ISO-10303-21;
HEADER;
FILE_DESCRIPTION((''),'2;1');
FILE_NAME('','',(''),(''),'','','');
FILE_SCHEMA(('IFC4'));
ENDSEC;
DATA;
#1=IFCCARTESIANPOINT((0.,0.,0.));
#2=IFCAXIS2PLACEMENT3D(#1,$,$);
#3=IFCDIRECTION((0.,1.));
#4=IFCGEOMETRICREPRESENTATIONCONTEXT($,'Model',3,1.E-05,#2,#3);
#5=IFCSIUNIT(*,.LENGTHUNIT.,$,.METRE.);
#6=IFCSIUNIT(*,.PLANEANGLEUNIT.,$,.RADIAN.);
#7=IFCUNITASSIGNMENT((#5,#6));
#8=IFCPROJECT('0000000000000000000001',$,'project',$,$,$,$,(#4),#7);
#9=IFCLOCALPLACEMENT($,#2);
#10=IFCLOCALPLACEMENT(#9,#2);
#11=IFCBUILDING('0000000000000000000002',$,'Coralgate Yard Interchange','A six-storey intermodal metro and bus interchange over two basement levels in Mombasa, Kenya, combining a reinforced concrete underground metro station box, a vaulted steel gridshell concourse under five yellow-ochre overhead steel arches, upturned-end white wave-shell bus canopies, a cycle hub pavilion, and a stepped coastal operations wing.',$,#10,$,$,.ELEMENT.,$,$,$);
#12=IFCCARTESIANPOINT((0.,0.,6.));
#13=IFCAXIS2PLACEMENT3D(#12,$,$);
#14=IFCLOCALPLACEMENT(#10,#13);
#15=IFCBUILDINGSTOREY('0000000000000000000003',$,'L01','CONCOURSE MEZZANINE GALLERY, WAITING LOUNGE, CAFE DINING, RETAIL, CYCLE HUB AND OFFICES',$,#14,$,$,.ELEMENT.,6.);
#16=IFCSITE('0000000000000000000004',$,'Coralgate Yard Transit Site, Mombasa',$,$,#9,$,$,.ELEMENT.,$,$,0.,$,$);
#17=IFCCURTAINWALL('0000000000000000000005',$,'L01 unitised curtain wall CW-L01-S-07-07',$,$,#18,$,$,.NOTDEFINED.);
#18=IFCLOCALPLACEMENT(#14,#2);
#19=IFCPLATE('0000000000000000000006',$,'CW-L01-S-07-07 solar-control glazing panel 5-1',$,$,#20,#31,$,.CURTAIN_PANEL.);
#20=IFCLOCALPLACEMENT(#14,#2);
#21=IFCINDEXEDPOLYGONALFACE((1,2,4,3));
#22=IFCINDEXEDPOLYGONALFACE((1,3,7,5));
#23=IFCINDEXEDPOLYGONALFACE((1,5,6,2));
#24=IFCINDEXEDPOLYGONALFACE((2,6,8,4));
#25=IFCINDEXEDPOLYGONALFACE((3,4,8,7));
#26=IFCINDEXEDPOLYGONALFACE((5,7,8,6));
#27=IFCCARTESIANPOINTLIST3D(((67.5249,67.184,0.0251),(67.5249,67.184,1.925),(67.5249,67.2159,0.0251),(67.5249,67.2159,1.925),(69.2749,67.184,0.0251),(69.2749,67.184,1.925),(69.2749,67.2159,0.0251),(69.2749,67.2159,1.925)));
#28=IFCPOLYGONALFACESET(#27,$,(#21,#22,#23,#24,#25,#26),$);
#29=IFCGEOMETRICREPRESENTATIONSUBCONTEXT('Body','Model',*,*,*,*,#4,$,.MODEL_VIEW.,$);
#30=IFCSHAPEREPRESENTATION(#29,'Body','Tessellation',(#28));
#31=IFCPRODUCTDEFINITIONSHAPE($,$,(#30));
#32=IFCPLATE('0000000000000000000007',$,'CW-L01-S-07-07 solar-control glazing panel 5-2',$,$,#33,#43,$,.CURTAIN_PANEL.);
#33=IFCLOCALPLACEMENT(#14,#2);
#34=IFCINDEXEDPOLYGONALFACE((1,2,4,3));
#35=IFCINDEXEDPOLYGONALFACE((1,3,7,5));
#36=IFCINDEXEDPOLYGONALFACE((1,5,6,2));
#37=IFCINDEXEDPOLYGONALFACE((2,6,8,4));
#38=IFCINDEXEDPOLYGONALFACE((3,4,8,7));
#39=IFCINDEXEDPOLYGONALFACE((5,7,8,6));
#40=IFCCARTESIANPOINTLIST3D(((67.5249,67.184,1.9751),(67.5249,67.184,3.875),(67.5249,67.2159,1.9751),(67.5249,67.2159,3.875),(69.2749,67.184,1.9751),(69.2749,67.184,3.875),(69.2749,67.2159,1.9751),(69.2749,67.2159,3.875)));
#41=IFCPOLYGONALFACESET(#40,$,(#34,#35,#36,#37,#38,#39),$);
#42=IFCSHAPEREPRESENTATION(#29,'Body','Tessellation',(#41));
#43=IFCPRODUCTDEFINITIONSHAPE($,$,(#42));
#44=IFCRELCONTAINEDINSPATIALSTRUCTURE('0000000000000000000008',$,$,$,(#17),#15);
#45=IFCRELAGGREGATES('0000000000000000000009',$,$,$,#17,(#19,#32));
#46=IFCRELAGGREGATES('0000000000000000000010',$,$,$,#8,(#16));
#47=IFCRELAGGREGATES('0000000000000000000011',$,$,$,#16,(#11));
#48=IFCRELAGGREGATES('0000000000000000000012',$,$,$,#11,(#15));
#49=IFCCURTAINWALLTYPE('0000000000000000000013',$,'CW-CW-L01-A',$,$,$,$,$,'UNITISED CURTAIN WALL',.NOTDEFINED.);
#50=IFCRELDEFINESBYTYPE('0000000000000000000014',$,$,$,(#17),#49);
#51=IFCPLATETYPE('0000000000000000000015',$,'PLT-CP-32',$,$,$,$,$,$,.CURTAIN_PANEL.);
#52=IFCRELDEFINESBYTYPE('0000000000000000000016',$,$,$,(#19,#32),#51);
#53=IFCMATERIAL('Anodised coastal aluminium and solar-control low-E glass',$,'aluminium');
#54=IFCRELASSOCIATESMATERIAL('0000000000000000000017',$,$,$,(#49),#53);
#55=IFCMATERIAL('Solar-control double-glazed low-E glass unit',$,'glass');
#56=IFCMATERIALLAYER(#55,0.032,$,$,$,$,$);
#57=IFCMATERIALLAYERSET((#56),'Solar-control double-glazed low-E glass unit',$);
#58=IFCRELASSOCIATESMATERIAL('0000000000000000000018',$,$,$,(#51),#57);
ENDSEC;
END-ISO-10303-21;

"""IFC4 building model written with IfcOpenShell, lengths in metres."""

from ifc_helpers import new_model, si_unit, direction, frame, origin, origin_2d, place, context, subcontext, project, spatial, rectangle, extrude, material, layer, layer_set, type_object, element, aggregate, save


model = new_model("IFC4")

# Units and contexts
model_context = context("Model", 3, precision=1e-05, world=origin(), true_north=direction((0.0, 1.0)))
body_context = subcontext(model_context, "Body", "Model", "MODEL_VIEW")
ifc_project = project(units=[si_unit("LENGTHUNIT", "METRE"), si_unit("PLANEANGLEUNIT", "RADIAN")], contexts=[model_context])

# Site, building, storey
site_placement = place(None, origin())
site = spatial("IfcSite", under=ifc_project, at=site_placement, Name="Coralgate Yard Transit Site, Mombasa", CompositionType="ELEMENT", RefElevation=0.0)
building_placement = place(site_placement, origin())
building = spatial("IfcBuilding", under=site, at=building_placement, Name="Coralgate Yard Interchange", Description="A six-storey intermodal metro and bus interchange over two basement levels in Mombasa, Kenya, combining a reinforced concrete underground metro station box, a vaulted steel gridshell concourse under five yellow-ochre overhead steel arches, upturned-end white wave-shell bus canopies, a cycle hub pavilion, and a stepped coastal operations wing.", CompositionType="ELEMENT")
storey_placement = place(building_placement, frame((0.0, 0.0, 6.0)))
storey = spatial("IfcBuildingStorey", under=building, at=storey_placement, Name="L01", Description="CONCOURSE MEZZANINE GALLERY, WAITING LOUNGE, CAFE DINING, RETAIL, CYCLE HUB AND OFFICES", CompositionType="ELEMENT", Elevation=6.0)

# Shared definitions
ifc_material_1 = material(Name="Anodised coastal aluminium and solar-control low-E glass", Category="aluminium")
curtain_wall_type = type_object("IfcCurtainWallType", Name="CW-CW-L01-A", ElementType="UNITISED CURTAIN WALL", PredefinedType="NOTDEFINED", material=ifc_material_1)

# Curtain wall
curtain_wall_1_placement = place(storey_placement, origin())
curtain_wall_1 = element("IfcCurtainWall", 1, at=curtain_wall_1_placement, inside=storey, type_object=curtain_wall_type, Name="L01 unitised curtain wall CW-L01-S-07-07", PredefinedType="NOTDEFINED")

# Plates
ifc_material_2 = material(Name="Solar-control double-glazed low-E glass unit", Category="glass")
ifc_layer = layer(ifc_material_2, 0.032)
ifc_layer_set = layer_set([ifc_layer], Name="Solar-control double-glazed low-E glass unit")
plate_type = type_object("IfcPlateType", Name="PLT-CP-32", PredefinedType="CURTAIN_PANEL", material=ifc_layer_set)
plate_1_placement = place(storey_placement, frame((68.3999, 67.2, 0.0251), z_axis=(0.0, 0.0, 1.0), x_axis=(-1.0, 0.0, 0.0)))
plate_1 = element("IfcPlate", 2, at=plate_1_placement, type_object=plate_type, Name="CW-L01-S-07-07 solar-control glazing panel 5-1", PredefinedType="CURTAIN_PANEL", context=body_context, shape_type="SweptSolid", body=[
    extrude(rectangle(XDim=1.75, YDim=0.032, at=origin_2d()), origin(), (0.0, 0.0, 1.0), 1.8999),
])
plate_2_placement = place(storey_placement, frame((68.3999, 67.2, 1.9751), z_axis=(0.0, 0.0, 1.0), x_axis=(-1.0, 0.0, 0.0)))
plate_2 = element("IfcPlate", 3, at=plate_2_placement, type_object=plate_type, Name="CW-L01-S-07-07 solar-control glazing panel 5-2", PredefinedType="CURTAIN_PANEL", context=body_context, shape_type="SweptSolid", body=[
    extrude(rectangle(XDim=1.75, YDim=0.032, at=origin_2d()), origin(), (0.0, 0.0, 1.0), 1.8999),
])
aggregate(curtain_wall_1, [plate_1, plate_2])

save(model, "model.ifc")
